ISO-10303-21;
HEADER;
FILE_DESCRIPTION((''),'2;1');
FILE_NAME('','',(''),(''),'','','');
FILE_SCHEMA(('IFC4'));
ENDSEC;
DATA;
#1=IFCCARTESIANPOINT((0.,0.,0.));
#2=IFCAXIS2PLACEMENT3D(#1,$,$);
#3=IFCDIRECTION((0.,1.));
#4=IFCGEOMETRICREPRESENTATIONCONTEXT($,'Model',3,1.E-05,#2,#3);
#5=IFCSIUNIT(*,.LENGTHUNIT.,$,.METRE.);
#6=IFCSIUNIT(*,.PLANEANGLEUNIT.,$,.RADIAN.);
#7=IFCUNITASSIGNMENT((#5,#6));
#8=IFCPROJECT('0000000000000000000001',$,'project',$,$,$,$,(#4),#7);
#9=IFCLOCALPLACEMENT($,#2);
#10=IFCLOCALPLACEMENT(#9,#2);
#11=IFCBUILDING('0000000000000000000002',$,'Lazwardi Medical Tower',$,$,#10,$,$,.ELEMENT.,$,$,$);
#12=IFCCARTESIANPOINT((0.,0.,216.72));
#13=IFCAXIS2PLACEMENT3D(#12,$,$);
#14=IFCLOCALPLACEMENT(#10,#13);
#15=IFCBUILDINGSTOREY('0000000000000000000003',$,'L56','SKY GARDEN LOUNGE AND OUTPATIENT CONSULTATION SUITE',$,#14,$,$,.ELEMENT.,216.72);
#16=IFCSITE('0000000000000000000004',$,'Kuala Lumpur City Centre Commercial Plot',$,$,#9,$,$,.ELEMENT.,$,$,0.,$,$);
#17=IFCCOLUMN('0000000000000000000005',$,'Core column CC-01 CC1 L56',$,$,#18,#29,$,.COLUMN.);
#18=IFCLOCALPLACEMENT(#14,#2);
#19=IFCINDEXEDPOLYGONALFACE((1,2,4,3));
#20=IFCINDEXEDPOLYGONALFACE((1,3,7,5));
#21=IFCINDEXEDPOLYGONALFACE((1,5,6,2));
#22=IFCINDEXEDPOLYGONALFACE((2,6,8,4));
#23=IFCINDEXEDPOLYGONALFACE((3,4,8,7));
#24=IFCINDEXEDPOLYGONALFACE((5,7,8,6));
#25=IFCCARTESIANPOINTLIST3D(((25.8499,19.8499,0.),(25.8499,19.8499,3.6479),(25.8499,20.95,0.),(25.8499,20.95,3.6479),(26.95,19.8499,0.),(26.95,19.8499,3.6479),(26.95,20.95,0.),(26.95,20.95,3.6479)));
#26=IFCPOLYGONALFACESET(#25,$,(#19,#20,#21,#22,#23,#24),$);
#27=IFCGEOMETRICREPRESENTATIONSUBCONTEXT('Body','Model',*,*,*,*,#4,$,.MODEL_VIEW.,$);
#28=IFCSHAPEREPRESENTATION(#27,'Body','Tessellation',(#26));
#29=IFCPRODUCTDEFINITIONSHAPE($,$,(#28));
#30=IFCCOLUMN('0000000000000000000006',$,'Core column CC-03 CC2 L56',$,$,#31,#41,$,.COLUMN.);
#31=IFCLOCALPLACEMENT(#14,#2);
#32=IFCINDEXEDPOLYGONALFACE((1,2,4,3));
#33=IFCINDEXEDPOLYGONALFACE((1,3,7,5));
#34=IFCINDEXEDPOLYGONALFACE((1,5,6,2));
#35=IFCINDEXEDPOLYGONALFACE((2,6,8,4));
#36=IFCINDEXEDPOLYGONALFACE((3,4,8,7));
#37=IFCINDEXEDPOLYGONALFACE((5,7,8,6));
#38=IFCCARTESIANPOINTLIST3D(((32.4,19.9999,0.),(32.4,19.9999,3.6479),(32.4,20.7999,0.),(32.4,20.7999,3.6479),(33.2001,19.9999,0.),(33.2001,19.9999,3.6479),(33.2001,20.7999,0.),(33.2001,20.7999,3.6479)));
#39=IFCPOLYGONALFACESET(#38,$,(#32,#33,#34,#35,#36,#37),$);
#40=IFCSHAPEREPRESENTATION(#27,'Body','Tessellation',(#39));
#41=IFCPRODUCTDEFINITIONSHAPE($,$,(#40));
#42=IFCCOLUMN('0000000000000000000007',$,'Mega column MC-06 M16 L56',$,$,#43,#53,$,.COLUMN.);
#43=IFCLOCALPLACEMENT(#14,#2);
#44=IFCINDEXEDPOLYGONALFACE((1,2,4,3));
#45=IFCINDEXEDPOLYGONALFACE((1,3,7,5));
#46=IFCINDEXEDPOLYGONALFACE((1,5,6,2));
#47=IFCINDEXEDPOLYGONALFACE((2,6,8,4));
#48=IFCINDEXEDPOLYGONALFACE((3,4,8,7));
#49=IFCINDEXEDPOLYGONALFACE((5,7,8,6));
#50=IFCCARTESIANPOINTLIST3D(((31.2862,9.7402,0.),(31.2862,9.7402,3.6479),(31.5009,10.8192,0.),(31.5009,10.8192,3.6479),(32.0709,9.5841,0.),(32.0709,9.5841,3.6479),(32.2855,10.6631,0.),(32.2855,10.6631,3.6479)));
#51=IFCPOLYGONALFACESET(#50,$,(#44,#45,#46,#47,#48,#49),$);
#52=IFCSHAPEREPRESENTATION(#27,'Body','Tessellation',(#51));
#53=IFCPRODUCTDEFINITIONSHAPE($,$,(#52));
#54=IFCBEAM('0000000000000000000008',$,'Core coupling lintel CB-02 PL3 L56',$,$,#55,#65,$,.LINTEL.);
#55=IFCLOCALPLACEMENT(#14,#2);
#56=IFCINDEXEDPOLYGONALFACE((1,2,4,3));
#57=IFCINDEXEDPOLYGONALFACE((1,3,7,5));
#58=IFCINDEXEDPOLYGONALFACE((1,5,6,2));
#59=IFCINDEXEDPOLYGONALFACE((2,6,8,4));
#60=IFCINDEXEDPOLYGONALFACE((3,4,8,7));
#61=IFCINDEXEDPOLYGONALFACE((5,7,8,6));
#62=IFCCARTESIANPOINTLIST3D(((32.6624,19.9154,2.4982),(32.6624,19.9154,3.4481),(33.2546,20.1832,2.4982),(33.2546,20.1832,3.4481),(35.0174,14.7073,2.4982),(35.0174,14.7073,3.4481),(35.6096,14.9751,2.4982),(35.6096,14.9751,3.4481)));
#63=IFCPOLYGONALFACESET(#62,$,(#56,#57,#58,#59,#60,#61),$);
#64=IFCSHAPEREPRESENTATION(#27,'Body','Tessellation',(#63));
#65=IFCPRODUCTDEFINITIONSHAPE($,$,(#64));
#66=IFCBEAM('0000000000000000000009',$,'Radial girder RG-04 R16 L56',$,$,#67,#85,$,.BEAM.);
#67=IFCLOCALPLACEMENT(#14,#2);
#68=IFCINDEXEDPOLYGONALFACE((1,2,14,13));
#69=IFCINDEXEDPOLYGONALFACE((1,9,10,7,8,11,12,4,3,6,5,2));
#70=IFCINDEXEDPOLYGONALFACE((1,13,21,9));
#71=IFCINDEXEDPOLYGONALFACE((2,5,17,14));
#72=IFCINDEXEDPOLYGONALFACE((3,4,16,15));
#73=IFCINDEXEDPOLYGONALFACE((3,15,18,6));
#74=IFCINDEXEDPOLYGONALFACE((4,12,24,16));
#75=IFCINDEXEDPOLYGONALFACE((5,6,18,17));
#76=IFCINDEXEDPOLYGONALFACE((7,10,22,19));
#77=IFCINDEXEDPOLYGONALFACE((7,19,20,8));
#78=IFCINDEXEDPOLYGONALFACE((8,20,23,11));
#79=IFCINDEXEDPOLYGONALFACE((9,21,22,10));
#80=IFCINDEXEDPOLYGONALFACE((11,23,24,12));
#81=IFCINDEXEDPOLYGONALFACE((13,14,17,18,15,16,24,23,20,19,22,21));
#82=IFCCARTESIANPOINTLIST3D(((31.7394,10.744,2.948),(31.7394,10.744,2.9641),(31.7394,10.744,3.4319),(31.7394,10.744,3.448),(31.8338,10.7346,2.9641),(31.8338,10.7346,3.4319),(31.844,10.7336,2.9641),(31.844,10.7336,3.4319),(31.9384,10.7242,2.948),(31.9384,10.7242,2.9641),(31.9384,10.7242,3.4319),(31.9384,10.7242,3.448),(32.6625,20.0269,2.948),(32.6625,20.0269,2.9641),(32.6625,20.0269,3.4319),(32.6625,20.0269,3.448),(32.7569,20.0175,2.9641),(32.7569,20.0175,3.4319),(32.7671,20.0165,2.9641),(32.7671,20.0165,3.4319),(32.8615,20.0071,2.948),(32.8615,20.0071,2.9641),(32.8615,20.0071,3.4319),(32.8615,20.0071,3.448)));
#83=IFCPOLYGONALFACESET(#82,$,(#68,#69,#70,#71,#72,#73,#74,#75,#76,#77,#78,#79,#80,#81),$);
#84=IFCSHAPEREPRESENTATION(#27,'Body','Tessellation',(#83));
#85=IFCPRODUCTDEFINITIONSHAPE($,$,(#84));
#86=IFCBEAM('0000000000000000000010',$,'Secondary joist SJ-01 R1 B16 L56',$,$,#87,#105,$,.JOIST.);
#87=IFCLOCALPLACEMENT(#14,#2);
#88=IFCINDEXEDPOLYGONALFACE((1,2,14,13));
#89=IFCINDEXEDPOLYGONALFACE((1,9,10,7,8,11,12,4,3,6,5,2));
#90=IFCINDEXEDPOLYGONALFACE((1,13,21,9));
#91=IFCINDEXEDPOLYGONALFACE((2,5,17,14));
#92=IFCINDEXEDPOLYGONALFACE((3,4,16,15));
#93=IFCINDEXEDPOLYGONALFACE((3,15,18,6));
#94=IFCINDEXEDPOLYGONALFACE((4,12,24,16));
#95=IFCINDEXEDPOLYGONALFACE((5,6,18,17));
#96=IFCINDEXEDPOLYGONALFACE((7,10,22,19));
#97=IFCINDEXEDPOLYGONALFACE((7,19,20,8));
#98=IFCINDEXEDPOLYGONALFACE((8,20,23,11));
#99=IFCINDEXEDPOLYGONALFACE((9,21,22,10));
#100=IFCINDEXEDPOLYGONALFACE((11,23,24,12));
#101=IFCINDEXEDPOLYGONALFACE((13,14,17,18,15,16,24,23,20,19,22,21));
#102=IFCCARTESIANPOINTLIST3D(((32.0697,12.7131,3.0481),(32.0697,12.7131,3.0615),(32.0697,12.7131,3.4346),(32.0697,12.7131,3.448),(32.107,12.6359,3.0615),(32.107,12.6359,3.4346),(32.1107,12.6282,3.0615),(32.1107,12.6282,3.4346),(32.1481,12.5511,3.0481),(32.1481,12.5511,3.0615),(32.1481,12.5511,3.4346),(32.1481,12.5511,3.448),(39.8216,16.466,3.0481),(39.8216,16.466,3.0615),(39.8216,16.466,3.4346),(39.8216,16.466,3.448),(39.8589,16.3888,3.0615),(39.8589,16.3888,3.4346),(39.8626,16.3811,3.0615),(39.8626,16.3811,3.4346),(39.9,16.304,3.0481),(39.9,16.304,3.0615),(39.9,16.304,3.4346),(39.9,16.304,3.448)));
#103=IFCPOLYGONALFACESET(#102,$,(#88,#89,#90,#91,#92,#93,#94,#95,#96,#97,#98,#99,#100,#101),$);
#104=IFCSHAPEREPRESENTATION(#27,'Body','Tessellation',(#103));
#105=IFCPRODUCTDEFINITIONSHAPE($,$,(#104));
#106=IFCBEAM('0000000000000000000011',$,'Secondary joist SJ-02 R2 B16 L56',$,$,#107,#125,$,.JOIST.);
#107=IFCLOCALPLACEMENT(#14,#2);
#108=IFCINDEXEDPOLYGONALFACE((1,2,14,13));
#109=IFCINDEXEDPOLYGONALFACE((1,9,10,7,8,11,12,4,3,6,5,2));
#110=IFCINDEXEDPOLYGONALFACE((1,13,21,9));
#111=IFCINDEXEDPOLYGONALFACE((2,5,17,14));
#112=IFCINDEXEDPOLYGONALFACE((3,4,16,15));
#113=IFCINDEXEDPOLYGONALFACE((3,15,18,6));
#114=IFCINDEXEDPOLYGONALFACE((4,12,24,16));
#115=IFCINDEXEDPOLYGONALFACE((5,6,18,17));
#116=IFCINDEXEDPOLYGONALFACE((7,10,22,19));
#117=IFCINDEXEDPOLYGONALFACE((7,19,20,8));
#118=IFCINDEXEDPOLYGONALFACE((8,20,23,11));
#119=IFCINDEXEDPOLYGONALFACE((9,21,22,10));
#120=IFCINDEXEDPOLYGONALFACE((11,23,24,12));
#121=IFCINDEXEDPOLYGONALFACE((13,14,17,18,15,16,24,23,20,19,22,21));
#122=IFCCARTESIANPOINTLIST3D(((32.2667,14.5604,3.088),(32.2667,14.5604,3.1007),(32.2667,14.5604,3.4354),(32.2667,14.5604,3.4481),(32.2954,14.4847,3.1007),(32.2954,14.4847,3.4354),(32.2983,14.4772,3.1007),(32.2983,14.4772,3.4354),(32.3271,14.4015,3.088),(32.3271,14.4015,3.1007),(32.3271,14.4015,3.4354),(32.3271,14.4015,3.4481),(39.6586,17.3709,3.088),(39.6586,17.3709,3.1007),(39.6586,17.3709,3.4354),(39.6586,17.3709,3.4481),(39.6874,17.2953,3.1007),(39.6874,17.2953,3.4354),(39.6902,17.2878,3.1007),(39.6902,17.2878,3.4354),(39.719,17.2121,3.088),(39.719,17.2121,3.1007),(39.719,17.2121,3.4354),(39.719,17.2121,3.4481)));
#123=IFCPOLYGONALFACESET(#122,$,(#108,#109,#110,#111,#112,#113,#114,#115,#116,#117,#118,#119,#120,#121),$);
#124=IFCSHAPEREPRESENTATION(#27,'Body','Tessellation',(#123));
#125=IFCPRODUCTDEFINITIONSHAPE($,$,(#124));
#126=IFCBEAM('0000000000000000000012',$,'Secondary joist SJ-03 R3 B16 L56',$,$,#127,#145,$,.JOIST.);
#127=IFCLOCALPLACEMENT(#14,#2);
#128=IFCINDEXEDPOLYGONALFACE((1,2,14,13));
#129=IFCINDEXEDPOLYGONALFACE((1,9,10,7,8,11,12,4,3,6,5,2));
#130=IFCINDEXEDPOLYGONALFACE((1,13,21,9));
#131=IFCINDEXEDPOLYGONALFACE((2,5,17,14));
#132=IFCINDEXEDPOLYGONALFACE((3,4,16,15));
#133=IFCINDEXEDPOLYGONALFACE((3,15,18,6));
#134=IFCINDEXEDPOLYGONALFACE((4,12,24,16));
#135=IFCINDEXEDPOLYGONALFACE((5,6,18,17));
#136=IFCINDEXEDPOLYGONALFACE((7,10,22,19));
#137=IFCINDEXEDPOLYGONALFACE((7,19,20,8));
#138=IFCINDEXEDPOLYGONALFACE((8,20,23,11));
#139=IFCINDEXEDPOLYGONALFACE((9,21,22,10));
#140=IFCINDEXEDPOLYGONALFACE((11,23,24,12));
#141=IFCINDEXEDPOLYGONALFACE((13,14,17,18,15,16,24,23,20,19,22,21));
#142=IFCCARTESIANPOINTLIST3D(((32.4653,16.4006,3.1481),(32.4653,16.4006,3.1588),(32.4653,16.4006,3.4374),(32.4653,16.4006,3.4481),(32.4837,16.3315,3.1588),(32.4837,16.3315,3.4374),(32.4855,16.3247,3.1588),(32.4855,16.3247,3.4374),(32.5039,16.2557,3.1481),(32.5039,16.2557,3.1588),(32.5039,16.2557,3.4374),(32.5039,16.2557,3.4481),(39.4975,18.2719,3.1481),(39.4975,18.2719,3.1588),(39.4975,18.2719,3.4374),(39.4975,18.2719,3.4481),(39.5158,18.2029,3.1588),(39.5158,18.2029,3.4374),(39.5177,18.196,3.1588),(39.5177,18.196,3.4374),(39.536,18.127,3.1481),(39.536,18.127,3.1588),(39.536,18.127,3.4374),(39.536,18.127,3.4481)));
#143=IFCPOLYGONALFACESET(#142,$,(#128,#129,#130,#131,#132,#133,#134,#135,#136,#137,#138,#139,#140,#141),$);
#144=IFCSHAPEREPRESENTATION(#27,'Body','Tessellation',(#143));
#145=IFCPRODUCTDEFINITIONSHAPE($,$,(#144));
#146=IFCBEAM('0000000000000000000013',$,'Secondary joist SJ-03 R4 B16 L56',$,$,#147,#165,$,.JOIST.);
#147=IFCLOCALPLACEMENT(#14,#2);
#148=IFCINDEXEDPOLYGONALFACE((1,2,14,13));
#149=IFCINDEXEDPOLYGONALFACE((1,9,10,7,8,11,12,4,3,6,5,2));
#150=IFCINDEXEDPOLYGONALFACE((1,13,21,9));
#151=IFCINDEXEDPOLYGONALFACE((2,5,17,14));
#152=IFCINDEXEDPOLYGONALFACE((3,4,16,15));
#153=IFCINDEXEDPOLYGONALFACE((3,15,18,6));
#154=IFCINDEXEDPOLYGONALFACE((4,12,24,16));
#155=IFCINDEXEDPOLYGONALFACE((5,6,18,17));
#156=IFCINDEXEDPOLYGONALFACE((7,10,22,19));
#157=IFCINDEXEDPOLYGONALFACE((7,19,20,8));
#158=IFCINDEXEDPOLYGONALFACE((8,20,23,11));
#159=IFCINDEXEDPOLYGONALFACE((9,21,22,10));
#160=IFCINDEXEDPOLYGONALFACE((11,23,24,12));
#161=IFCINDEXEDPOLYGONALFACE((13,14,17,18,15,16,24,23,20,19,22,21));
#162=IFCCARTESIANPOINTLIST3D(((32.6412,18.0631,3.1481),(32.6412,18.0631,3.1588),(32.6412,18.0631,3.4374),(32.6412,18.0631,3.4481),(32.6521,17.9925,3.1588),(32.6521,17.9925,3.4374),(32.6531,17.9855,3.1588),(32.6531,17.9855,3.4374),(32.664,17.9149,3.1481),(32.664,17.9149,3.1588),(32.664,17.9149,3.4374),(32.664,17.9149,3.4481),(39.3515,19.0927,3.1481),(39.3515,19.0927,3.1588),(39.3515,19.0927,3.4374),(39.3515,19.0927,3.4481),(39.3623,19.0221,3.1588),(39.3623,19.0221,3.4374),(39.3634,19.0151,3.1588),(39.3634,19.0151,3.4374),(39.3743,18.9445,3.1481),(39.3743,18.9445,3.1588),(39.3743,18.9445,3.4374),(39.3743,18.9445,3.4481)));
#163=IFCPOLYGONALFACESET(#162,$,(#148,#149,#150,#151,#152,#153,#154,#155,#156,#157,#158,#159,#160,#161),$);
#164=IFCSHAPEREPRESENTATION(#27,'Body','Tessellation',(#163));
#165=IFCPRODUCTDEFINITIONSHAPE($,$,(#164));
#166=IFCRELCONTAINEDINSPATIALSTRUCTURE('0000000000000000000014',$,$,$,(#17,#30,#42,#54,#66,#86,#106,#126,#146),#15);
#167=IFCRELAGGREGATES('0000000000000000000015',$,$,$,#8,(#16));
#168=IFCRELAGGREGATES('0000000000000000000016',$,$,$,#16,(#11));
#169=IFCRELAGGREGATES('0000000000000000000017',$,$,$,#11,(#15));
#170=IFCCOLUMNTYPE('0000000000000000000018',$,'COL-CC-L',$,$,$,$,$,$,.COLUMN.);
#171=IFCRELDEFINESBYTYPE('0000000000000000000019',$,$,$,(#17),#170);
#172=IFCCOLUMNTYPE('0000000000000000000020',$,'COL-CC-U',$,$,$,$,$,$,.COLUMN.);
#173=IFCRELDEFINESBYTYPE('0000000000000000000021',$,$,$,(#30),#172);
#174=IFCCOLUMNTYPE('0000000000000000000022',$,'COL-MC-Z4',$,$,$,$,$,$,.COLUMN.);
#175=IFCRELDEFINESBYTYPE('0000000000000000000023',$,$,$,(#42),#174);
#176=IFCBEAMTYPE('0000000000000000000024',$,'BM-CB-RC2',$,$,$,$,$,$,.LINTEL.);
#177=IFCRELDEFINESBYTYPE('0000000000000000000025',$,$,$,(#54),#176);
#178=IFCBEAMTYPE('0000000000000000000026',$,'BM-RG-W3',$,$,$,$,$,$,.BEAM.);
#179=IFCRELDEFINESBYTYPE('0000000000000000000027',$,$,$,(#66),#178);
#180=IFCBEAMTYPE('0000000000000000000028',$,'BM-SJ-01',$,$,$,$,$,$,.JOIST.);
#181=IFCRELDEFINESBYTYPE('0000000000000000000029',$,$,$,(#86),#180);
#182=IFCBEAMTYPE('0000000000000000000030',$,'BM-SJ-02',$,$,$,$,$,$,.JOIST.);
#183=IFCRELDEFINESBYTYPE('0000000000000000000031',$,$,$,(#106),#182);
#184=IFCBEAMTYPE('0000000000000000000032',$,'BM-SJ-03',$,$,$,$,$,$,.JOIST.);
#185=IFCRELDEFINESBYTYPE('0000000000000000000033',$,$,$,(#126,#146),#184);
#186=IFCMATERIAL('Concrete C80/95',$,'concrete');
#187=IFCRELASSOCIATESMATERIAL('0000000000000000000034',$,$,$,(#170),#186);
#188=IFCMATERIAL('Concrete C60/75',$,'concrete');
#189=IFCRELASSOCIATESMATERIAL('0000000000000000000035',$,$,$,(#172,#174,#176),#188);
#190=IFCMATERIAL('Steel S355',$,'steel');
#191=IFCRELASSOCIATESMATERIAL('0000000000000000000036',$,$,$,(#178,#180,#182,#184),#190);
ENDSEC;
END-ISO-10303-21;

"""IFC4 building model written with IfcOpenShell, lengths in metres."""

from ifc_helpers import new_model, si_unit, direction, frame, origin, origin_2d, place, context, subcontext, project, spatial, rectangle, i_section, extrude, material, material_profile, profile_set, type_object, element, save


model = new_model("IFC4")

# Units and contexts
model_context = context("Model", 3, precision=1e-05, world=origin(), true_north=direction((0.0, 1.0)))
body_context = subcontext(model_context, "Body", "Model", "MODEL_VIEW")
ifc_project = project(units=[si_unit("LENGTHUNIT", "METRE"), si_unit("PLANEANGLEUNIT", "RADIAN")], contexts=[model_context])

# Site, building, storey
site_placement = place(None, origin())
site = spatial("IfcSite", under=ifc_project, at=site_placement, Name="Kuala Lumpur City Centre Commercial Plot", CompositionType="ELEMENT", RefElevation=0.0)
building_placement = place(site_placement, origin())
building = spatial("IfcBuilding", under=site, at=building_placement, Name="Lazwardi Medical Tower", CompositionType="ELEMENT")
storey_placement = place(building_placement, frame((0.0, 0.0, 216.72)))
storey = spatial("IfcBuildingStorey", under=building, at=storey_placement, Name="L56", Description="SKY GARDEN LOUNGE AND OUTPATIENT CONSULTATION SUITE", CompositionType="ELEMENT", Elevation=216.72)

# Columns
ifc_material_1 = material(Name="Concrete C80/95", Category="concrete")
ifc_material_profile_1 = material_profile(ifc_material_1, rectangle(XDim=1.1001, YDim=1.1001, at=origin_2d()), Name="RC 1100x1100")
ifc_profile_set_1 = profile_set([ifc_material_profile_1], Name="Concrete C80/95")
column_type_1 = type_object("IfcColumnType", Name="COL-CC-L", PredefinedType="COLUMN", material=ifc_profile_set_1)
column_1_placement = place(storey_placement, frame((26.3999, 20.3999, 0.0), z_axis=(0.0, 0.0, 1.0), x_axis=(1.0, 0.0, 0.0)))
element("IfcColumn", 1, at=column_1_placement, inside=storey, type_object=column_type_1, Name="Core column CC-01 CC1 L56", PredefinedType="COLUMN", context=body_context, shape_type="SweptSolid", body=[
    extrude(rectangle(XDim=1.1001, YDim=1.1001, at=origin_2d()), origin(), (0.0, 0.0, 1.0), 3.6479),
])
ifc_material_2 = material(Name="Concrete C60/75", Category="concrete")
ifc_material_profile_2 = material_profile(ifc_material_2, rectangle(XDim=0.8, YDim=0.8, at=origin_2d()), Name="RC 800x800")
ifc_profile_set_2 = profile_set([ifc_material_profile_2], Name="Concrete C60/75")
column_type_2 = type_object("IfcColumnType", Name="COL-CC-U", PredefinedType="COLUMN", material=ifc_profile_set_2)
column_2_placement = place(storey_placement, frame((32.8, 20.3999, 0.0), z_axis=(0.0, 0.0, 1.0), x_axis=(1.0, 0.0, 0.0)))
element("IfcColumn", 2, at=column_2_placement, inside=storey, type_object=column_type_2, Name="Core column CC-03 CC2 L56", PredefinedType="COLUMN", context=body_context, shape_type="SweptSolid", body=[
    extrude(rectangle(XDim=0.8, YDim=0.8, at=origin_2d()), origin(), (0.0, 0.0, 1.0), 3.6479),
])
ifc_material_profile_3 = material_profile(ifc_material_2, rectangle(XDim=1.1001, YDim=0.8, at=origin_2d()), Name="CFT-RECT 1100x800")
ifc_profile_set_3 = profile_set([ifc_material_profile_3], Name="Concrete C60/75")
column_type_3 = type_object("IfcColumnType", Name="COL-MC-Z4", PredefinedType="COLUMN", material=ifc_profile_set_3)
column_3_placement = place(storey_placement, frame((31.7859, 10.2017, 0.0), z_axis=(0.0, 0.0, 1.0), x_axis=(-0.19509, -0.980785, 0.0)))
element("IfcColumn", 3, at=column_3_placement, inside=storey, type_object=column_type_3, Name="Mega column MC-06 M16 L56", PredefinedType="COLUMN", context=body_context, shape_type="SweptSolid", body=[
    extrude(rectangle(XDim=1.1001, YDim=0.8, at=origin_2d()), origin(), (0.0, 0.0, 1.0), 3.6479),
])

# Beams
ifc_material_profile_4 = material_profile(ifc_material_2, rectangle(XDim=0.6499, YDim=0.95, at=origin_2d()), Name="RC 650x950")
ifc_profile_set_4 = profile_set([ifc_material_profile_4], Name="Concrete C60/75")
beam_type_1 = type_object("IfcBeamType", Name="BM-CB-RC2", PredefinedType="LINTEL", material=ifc_profile_set_4)
beam_1_placement = place(storey_placement, frame((32.9585, 20.0493, 2.9731), z_axis=(0.412019, -0.911175, 0.0), x_axis=(0.911175, 0.412019, 0.0)))
element("IfcBeam", 4, at=beam_1_placement, inside=storey, type_object=beam_type_1, Name="Core coupling lintel CB-02 PL3 L56", PredefinedType="LINTEL", context=body_context, shape_type="SweptSolid", body=[
    extrude(rectangle(XDim=0.6499, YDim=0.95, at=origin_2d()), origin(), (0.0, 0.0, 1.0), 5.7158),
])
ifc_material_3 = material(Name="Steel S355", Category="steel")
ifc_material_profile_5 = material_profile(ifc_material_3, i_section(OverallWidth=0.2, OverallDepth=0.5, WebThickness=0.0103, FlangeThickness=0.0161, at=origin_2d()), Name="IPE 500")
ifc_profile_set_5 = profile_set([ifc_material_profile_5], Name="Steel S355")
beam_type_2 = type_object("IfcBeamType", Name="BM-RG-W3", PredefinedType="BEAM", material=ifc_profile_set_5)
beam_2_placement = place(storey_placement, frame((31.8389, 10.7341, 3.198), z_axis=(0.098954, 0.995092, 0.0), x_axis=(-0.995092, 0.098954, 0.0)))
element("IfcBeam", 5, at=beam_2_placement, inside=storey, type_object=beam_type_2, Name="Radial girder RG-04 R16 L56", PredefinedType="BEAM", context=body_context, shape_type="SweptSolid", body=[
    extrude(i_section(OverallWidth=0.2, OverallDepth=0.5, WebThickness=0.0103, FlangeThickness=0.0161, at=origin_2d()), origin(), (0.0, 0.0, 1.0), 9.3286),
])
ifc_material_profile_6 = material_profile(ifc_material_3, i_section(OverallWidth=0.1799, OverallDepth=0.3999, WebThickness=0.0085, FlangeThickness=0.0134, at=origin_2d()), Name="IPE 400")
ifc_profile_set_6 = profile_set([ifc_material_profile_6], Name="Steel S355")
beam_type_3 = type_object("IfcBeamType", Name="BM-SJ-01", PredefinedType="JOIST", material=ifc_profile_set_6)
beam_3_placement = place(storey_placement, frame((32.1089, 12.6321, 3.248), z_axis=(0.900069, 0.435748, 0.0), x_axis=(-0.435748, 0.900069, 0.0)))
element("IfcBeam", 6, at=beam_3_placement, inside=storey, type_object=beam_type_3, Name="Secondary joist SJ-01 R1 B16 L56", PredefinedType="JOIST", context=body_context, shape_type="SweptSolid", body=[
    extrude(i_section(OverallWidth=0.1799, OverallDepth=0.3999, WebThickness=0.0085, FlangeThickness=0.0134, at=origin_2d()), origin(), (0.0, 0.0, 1.0), 8.6125),
])
ifc_material_profile_7 = material_profile(ifc_material_3, i_section(OverallWidth=0.1699, OverallDepth=0.3601, WebThickness=0.0081, FlangeThickness=0.0127, at=origin_2d()), Name="IPE 360")
ifc_profile_set_7 = profile_set([ifc_material_profile_7], Name="Steel S355")
beam_type_4 = type_object("IfcBeamType", Name="BM-SJ-02", PredefinedType="JOIST", material=ifc_profile_set_7)
beam_4_placement = place(storey_placement, frame((32.2969, 14.481, 3.2681), z_axis=(0.934714, 0.3554, 0.0), x_axis=(-0.3554, 0.934714, 0.0)))
element("IfcBeam", 7, at=beam_4_placement, inside=storey, type_object=beam_type_4, Name="Secondary joist SJ-02 R2 B16 L56", PredefinedType="JOIST", context=body_context, shape_type="SweptSolid", body=[
    extrude(i_section(OverallWidth=0.1699, OverallDepth=0.3601, WebThickness=0.0081, FlangeThickness=0.0127, at=origin_2d()), origin(), (0.0, 0.0, 1.0), 7.9082),
])
ifc_material_profile_8 = material_profile(ifc_material_3, i_section(OverallWidth=0.1499, OverallDepth=0.3, WebThickness=0.0071, FlangeThickness=0.0107, at=origin_2d()), Name="IPE 300")
ifc_profile_set_8 = profile_set([ifc_material_profile_8], Name="Steel S355")
beam_type_5 = type_object("IfcBeamType", Name="BM-SJ-03", PredefinedType="JOIST", material=ifc_profile_set_8)
beam_5_placement = place(storey_placement, frame((32.4846, 16.3281, 3.2981), z_axis=(0.966369, 0.257159, 0.0), x_axis=(-0.257159, 0.966369, 0.0)))
element("IfcBeam", 8, at=beam_5_placement, inside=storey, type_object=beam_type_5, Name="Secondary joist SJ-03 R3 B16 L56", PredefinedType="JOIST", context=body_context, shape_type="SweptSolid", body=[
    extrude(i_section(OverallWidth=0.1499, OverallDepth=0.3, WebThickness=0.0071, FlangeThickness=0.0107, at=origin_2d()), origin(), (0.0, 0.0, 1.0), 7.2769),
])
beam_6_placement = place(storey_placement, frame((32.6526, 17.989, 3.2981), z_axis=(0.988434, 0.151655, 0.0), x_axis=(-0.151655, 0.988434, 0.0)))
element("IfcBeam", 9, at=beam_6_placement, inside=storey, type_object=beam_type_5, Name="Secondary joist SJ-03 R4 B16 L56", PredefinedType="JOIST", context=body_context, shape_type="SweptSolid", body=[
    extrude(i_section(OverallWidth=0.1499, OverallDepth=0.3, WebThickness=0.0071, FlangeThickness=0.0107, at=origin_2d()), origin(), (0.0, 0.0, 1.0), 6.7888),
])

save(model, "model.ifc")
